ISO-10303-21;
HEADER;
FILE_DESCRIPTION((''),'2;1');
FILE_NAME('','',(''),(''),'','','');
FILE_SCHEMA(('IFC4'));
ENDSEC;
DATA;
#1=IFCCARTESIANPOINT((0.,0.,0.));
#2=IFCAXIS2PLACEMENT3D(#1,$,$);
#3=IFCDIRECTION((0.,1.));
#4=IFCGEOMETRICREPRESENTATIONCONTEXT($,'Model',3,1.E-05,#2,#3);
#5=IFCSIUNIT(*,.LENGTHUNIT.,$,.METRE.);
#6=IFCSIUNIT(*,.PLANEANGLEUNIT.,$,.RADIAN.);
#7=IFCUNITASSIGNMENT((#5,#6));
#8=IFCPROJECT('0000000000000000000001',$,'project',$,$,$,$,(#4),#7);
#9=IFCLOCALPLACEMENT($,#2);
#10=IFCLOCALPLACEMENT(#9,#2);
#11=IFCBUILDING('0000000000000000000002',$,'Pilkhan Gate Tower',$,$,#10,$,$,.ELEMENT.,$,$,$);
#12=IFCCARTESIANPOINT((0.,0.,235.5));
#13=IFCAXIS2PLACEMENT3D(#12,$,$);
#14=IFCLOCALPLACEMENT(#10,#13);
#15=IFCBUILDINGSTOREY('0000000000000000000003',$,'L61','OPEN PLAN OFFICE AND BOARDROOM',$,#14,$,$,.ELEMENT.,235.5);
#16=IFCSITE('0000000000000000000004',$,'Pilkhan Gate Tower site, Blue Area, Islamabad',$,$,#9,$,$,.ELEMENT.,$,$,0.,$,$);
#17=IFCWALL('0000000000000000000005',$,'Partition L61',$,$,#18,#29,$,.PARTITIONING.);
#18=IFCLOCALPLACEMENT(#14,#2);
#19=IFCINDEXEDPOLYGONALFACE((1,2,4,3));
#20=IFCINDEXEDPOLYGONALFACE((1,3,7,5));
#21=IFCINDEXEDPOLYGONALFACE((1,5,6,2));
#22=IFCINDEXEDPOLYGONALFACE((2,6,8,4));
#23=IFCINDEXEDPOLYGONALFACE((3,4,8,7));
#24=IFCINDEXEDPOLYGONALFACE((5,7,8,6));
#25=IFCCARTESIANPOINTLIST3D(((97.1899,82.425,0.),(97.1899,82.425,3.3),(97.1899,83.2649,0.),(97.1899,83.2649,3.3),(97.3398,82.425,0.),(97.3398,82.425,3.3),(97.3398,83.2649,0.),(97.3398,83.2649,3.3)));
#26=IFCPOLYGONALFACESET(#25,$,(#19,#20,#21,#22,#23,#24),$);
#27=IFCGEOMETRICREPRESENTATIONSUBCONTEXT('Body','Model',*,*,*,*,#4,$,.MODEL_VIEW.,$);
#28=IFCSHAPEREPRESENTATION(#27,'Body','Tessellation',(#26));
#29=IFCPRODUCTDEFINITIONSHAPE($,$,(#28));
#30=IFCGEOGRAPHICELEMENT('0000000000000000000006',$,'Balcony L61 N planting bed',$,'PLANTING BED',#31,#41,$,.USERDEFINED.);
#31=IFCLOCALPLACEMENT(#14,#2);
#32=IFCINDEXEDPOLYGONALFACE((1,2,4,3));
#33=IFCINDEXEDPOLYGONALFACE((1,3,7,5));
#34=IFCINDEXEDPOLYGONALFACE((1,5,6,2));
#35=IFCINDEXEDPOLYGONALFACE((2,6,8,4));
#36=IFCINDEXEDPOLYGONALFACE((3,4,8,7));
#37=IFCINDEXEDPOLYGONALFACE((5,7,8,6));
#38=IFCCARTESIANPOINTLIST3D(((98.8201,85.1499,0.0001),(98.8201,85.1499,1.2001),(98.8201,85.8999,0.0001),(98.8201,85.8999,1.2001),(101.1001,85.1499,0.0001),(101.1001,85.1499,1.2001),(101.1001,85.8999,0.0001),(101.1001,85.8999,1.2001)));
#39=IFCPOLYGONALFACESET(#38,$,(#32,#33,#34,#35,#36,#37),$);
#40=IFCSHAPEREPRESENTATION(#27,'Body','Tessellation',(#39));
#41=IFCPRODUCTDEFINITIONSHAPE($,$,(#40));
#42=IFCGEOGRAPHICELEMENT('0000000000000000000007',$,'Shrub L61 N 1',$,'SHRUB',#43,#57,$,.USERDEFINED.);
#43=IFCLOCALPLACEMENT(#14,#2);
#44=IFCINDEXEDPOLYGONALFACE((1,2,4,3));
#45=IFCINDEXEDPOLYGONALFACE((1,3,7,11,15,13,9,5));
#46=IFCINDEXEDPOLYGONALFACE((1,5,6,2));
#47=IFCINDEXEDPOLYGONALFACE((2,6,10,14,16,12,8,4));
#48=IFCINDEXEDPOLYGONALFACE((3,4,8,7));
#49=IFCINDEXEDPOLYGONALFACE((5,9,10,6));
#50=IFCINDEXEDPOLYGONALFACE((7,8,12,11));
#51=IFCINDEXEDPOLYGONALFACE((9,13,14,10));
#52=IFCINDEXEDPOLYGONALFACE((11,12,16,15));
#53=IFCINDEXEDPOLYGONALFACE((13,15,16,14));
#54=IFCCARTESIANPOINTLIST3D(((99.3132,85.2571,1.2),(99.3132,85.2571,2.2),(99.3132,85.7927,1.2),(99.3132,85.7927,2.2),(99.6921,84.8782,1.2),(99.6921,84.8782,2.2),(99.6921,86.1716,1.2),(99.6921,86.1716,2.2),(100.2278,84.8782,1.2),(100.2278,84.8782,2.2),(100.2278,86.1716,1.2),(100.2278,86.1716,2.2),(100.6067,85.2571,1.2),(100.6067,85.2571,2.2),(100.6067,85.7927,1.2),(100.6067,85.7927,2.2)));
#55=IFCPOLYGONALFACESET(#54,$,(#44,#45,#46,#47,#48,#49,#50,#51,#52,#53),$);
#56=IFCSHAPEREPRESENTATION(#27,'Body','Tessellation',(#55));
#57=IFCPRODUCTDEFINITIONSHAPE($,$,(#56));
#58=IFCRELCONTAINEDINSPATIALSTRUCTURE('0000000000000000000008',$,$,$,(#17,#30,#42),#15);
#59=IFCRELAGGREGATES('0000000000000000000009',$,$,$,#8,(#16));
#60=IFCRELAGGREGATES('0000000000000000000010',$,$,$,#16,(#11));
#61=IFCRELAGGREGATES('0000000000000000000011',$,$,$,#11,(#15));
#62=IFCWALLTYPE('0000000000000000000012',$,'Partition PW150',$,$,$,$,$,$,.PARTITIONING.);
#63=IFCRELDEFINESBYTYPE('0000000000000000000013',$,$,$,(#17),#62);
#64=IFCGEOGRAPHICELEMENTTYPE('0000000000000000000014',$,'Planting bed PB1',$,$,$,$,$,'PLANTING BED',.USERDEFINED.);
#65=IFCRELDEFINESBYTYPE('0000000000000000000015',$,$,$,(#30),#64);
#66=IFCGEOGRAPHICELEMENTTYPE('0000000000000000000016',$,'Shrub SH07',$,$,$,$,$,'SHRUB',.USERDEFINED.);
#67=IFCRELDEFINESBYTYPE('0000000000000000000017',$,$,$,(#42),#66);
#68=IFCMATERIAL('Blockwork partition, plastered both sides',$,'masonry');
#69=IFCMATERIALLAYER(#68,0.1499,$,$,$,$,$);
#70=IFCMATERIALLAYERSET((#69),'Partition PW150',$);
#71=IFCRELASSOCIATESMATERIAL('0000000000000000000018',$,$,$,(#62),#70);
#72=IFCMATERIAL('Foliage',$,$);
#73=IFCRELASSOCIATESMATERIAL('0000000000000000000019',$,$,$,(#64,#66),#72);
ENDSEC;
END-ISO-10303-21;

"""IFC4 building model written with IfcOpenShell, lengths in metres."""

from ifc_helpers import new_model, si_unit, direction, frame, frame_2d, origin, origin_2d, place, context, subcontext, project, spatial, polyline, rectangle, outline, extrude, material, layer, layer_set, material_profile, profile_set, type_object, element, save


model = new_model("IFC4")

# Units and contexts
model_context = context("Model", 3, precision=1e-05, world=origin(), true_north=direction((0.0, 1.0)))
body_context = subcontext(model_context, "Body", "Model", "MODEL_VIEW")
ifc_project = project(units=[si_unit("LENGTHUNIT", "METRE"), si_unit("PLANEANGLEUNIT", "RADIAN")], contexts=[model_context])

# Site, building, storey
site_placement = place(None, origin())
site = spatial("IfcSite", under=ifc_project, at=site_placement, Name="Pilkhan Gate Tower site, Blue Area, Islamabad", CompositionType="ELEMENT", RefElevation=0.0)
building_placement = place(site_placement, origin())
building = spatial("IfcBuilding", under=site, at=building_placement, Name="Pilkhan Gate Tower", CompositionType="ELEMENT")
storey_placement = place(building_placement, frame((0.0, 0.0, 235.5)))
storey = spatial("IfcBuildingStorey", under=building, at=storey_placement, Name="L61", Description="OPEN PLAN OFFICE AND BOARDROOM", CompositionType="ELEMENT", Elevation=235.5)

# Wall
ifc_material_1 = material(Name="Blockwork partition, plastered both sides", Category="masonry")
ifc_layer_1 = layer(ifc_material_1, 0.1499)
ifc_layer_set_1 = layer_set([ifc_layer_1], Name="Partition PW150")
wall_type_1 = type_object("IfcWallType", Name="Partition PW150", PredefinedType="PARTITIONING", material=ifc_layer_set_1)
wall_1_placement = place(storey_placement, frame((97.2649, 82.425, 0.0), z_axis=(0.0, 0.0, 1.0), x_axis=(0.0, 1.0, 0.0)))
element("IfcWall", 1, at=wall_1_placement, inside=storey, type_object=wall_type_1, Name="Partition L61", PredefinedType="PARTITIONING", context=body_context, shape_type="SweptSolid", body=[
    extrude(rectangle(XDim=0.8398, YDim=0.1499, at=frame_2d((0.4199, 0.0))), origin(), (0.0, 0.0, 1.0), 3.3),
])

# Geographic elements
ifc_material_2 = material(Name="Foliage")
ifc_material_profile_1 = material_profile(ifc_material_2, rectangle(XDim=0.75, YDim=1.2, at=origin_2d()), Name="Bed 750x1200")
ifc_profile_set_1 = profile_set([ifc_material_profile_1], Name="Foliage")
geographic_element_type_1 = type_object("IfcGeographicElementType", Name="Planting bed PB1", ElementType="PLANTING BED", PredefinedType="USERDEFINED", material=ifc_profile_set_1)
geographic_element_1_placement = place(storey_placement, frame((98.8201, 85.5249, 0.6001), z_axis=(1.0, 0.0, 0.0), x_axis=(0.0, 1.0, 0.0)))
element("IfcGeographicElement", 2, at=geographic_element_1_placement, inside=storey, type_object=geographic_element_type_1, Name="Balcony L61 N planting bed", ObjectType="PLANTING BED", PredefinedType="USERDEFINED", context=body_context, shape_type="SweptSolid", body=[
    extrude(rectangle(XDim=0.75, YDim=1.2, at=origin_2d()), origin(), (0.0, 0.0, 1.0), 2.28),
])
ifc_material_profile_2 = material_profile(ifc_material_2, outline(polyline([(0.6467, 0.2678), (0.2678, 0.6467), (-0.2678, 0.6467), (-0.6467, 0.2678), (-0.6467, -0.2678), (-0.2678, -0.6467), (0.2678, -0.6467), (0.6467, -0.2678), (0.6467, 0.2678)])), Name="Shrub D1.4")
ifc_profile_set_2 = profile_set([ifc_material_profile_2], Name="Foliage")
geographic_element_type_2 = type_object("IfcGeographicElementType", Name="Shrub SH07", ElementType="SHRUB", PredefinedType="USERDEFINED", material=ifc_profile_set_2)
geographic_element_2_placement = place(storey_placement, frame((99.96, 85.5249, 1.2), z_axis=(0.0, 0.0, 1.0), x_axis=(1.0, 0.0, 0.0)))
element("IfcGeographicElement", 3, at=geographic_element_2_placement, inside=storey, type_object=geographic_element_type_2, Name="Shrub L61 N 1", ObjectType="SHRUB", PredefinedType="USERDEFINED", context=body_context, shape_type="SweptSolid", body=[
    extrude(outline(polyline([(0.6467, 0.2678), (0.2678, 0.6467), (-0.2678, 0.6467), (-0.6467, 0.2678), (-0.6467, -0.2678), (-0.2678, -0.6467), (0.2678, -0.6467), (0.6467, -0.2678), (0.6467, 0.2678)])), origin(), (0.0, 0.0, 1.0), 1.0),
])

save(model, "model.ifc")
